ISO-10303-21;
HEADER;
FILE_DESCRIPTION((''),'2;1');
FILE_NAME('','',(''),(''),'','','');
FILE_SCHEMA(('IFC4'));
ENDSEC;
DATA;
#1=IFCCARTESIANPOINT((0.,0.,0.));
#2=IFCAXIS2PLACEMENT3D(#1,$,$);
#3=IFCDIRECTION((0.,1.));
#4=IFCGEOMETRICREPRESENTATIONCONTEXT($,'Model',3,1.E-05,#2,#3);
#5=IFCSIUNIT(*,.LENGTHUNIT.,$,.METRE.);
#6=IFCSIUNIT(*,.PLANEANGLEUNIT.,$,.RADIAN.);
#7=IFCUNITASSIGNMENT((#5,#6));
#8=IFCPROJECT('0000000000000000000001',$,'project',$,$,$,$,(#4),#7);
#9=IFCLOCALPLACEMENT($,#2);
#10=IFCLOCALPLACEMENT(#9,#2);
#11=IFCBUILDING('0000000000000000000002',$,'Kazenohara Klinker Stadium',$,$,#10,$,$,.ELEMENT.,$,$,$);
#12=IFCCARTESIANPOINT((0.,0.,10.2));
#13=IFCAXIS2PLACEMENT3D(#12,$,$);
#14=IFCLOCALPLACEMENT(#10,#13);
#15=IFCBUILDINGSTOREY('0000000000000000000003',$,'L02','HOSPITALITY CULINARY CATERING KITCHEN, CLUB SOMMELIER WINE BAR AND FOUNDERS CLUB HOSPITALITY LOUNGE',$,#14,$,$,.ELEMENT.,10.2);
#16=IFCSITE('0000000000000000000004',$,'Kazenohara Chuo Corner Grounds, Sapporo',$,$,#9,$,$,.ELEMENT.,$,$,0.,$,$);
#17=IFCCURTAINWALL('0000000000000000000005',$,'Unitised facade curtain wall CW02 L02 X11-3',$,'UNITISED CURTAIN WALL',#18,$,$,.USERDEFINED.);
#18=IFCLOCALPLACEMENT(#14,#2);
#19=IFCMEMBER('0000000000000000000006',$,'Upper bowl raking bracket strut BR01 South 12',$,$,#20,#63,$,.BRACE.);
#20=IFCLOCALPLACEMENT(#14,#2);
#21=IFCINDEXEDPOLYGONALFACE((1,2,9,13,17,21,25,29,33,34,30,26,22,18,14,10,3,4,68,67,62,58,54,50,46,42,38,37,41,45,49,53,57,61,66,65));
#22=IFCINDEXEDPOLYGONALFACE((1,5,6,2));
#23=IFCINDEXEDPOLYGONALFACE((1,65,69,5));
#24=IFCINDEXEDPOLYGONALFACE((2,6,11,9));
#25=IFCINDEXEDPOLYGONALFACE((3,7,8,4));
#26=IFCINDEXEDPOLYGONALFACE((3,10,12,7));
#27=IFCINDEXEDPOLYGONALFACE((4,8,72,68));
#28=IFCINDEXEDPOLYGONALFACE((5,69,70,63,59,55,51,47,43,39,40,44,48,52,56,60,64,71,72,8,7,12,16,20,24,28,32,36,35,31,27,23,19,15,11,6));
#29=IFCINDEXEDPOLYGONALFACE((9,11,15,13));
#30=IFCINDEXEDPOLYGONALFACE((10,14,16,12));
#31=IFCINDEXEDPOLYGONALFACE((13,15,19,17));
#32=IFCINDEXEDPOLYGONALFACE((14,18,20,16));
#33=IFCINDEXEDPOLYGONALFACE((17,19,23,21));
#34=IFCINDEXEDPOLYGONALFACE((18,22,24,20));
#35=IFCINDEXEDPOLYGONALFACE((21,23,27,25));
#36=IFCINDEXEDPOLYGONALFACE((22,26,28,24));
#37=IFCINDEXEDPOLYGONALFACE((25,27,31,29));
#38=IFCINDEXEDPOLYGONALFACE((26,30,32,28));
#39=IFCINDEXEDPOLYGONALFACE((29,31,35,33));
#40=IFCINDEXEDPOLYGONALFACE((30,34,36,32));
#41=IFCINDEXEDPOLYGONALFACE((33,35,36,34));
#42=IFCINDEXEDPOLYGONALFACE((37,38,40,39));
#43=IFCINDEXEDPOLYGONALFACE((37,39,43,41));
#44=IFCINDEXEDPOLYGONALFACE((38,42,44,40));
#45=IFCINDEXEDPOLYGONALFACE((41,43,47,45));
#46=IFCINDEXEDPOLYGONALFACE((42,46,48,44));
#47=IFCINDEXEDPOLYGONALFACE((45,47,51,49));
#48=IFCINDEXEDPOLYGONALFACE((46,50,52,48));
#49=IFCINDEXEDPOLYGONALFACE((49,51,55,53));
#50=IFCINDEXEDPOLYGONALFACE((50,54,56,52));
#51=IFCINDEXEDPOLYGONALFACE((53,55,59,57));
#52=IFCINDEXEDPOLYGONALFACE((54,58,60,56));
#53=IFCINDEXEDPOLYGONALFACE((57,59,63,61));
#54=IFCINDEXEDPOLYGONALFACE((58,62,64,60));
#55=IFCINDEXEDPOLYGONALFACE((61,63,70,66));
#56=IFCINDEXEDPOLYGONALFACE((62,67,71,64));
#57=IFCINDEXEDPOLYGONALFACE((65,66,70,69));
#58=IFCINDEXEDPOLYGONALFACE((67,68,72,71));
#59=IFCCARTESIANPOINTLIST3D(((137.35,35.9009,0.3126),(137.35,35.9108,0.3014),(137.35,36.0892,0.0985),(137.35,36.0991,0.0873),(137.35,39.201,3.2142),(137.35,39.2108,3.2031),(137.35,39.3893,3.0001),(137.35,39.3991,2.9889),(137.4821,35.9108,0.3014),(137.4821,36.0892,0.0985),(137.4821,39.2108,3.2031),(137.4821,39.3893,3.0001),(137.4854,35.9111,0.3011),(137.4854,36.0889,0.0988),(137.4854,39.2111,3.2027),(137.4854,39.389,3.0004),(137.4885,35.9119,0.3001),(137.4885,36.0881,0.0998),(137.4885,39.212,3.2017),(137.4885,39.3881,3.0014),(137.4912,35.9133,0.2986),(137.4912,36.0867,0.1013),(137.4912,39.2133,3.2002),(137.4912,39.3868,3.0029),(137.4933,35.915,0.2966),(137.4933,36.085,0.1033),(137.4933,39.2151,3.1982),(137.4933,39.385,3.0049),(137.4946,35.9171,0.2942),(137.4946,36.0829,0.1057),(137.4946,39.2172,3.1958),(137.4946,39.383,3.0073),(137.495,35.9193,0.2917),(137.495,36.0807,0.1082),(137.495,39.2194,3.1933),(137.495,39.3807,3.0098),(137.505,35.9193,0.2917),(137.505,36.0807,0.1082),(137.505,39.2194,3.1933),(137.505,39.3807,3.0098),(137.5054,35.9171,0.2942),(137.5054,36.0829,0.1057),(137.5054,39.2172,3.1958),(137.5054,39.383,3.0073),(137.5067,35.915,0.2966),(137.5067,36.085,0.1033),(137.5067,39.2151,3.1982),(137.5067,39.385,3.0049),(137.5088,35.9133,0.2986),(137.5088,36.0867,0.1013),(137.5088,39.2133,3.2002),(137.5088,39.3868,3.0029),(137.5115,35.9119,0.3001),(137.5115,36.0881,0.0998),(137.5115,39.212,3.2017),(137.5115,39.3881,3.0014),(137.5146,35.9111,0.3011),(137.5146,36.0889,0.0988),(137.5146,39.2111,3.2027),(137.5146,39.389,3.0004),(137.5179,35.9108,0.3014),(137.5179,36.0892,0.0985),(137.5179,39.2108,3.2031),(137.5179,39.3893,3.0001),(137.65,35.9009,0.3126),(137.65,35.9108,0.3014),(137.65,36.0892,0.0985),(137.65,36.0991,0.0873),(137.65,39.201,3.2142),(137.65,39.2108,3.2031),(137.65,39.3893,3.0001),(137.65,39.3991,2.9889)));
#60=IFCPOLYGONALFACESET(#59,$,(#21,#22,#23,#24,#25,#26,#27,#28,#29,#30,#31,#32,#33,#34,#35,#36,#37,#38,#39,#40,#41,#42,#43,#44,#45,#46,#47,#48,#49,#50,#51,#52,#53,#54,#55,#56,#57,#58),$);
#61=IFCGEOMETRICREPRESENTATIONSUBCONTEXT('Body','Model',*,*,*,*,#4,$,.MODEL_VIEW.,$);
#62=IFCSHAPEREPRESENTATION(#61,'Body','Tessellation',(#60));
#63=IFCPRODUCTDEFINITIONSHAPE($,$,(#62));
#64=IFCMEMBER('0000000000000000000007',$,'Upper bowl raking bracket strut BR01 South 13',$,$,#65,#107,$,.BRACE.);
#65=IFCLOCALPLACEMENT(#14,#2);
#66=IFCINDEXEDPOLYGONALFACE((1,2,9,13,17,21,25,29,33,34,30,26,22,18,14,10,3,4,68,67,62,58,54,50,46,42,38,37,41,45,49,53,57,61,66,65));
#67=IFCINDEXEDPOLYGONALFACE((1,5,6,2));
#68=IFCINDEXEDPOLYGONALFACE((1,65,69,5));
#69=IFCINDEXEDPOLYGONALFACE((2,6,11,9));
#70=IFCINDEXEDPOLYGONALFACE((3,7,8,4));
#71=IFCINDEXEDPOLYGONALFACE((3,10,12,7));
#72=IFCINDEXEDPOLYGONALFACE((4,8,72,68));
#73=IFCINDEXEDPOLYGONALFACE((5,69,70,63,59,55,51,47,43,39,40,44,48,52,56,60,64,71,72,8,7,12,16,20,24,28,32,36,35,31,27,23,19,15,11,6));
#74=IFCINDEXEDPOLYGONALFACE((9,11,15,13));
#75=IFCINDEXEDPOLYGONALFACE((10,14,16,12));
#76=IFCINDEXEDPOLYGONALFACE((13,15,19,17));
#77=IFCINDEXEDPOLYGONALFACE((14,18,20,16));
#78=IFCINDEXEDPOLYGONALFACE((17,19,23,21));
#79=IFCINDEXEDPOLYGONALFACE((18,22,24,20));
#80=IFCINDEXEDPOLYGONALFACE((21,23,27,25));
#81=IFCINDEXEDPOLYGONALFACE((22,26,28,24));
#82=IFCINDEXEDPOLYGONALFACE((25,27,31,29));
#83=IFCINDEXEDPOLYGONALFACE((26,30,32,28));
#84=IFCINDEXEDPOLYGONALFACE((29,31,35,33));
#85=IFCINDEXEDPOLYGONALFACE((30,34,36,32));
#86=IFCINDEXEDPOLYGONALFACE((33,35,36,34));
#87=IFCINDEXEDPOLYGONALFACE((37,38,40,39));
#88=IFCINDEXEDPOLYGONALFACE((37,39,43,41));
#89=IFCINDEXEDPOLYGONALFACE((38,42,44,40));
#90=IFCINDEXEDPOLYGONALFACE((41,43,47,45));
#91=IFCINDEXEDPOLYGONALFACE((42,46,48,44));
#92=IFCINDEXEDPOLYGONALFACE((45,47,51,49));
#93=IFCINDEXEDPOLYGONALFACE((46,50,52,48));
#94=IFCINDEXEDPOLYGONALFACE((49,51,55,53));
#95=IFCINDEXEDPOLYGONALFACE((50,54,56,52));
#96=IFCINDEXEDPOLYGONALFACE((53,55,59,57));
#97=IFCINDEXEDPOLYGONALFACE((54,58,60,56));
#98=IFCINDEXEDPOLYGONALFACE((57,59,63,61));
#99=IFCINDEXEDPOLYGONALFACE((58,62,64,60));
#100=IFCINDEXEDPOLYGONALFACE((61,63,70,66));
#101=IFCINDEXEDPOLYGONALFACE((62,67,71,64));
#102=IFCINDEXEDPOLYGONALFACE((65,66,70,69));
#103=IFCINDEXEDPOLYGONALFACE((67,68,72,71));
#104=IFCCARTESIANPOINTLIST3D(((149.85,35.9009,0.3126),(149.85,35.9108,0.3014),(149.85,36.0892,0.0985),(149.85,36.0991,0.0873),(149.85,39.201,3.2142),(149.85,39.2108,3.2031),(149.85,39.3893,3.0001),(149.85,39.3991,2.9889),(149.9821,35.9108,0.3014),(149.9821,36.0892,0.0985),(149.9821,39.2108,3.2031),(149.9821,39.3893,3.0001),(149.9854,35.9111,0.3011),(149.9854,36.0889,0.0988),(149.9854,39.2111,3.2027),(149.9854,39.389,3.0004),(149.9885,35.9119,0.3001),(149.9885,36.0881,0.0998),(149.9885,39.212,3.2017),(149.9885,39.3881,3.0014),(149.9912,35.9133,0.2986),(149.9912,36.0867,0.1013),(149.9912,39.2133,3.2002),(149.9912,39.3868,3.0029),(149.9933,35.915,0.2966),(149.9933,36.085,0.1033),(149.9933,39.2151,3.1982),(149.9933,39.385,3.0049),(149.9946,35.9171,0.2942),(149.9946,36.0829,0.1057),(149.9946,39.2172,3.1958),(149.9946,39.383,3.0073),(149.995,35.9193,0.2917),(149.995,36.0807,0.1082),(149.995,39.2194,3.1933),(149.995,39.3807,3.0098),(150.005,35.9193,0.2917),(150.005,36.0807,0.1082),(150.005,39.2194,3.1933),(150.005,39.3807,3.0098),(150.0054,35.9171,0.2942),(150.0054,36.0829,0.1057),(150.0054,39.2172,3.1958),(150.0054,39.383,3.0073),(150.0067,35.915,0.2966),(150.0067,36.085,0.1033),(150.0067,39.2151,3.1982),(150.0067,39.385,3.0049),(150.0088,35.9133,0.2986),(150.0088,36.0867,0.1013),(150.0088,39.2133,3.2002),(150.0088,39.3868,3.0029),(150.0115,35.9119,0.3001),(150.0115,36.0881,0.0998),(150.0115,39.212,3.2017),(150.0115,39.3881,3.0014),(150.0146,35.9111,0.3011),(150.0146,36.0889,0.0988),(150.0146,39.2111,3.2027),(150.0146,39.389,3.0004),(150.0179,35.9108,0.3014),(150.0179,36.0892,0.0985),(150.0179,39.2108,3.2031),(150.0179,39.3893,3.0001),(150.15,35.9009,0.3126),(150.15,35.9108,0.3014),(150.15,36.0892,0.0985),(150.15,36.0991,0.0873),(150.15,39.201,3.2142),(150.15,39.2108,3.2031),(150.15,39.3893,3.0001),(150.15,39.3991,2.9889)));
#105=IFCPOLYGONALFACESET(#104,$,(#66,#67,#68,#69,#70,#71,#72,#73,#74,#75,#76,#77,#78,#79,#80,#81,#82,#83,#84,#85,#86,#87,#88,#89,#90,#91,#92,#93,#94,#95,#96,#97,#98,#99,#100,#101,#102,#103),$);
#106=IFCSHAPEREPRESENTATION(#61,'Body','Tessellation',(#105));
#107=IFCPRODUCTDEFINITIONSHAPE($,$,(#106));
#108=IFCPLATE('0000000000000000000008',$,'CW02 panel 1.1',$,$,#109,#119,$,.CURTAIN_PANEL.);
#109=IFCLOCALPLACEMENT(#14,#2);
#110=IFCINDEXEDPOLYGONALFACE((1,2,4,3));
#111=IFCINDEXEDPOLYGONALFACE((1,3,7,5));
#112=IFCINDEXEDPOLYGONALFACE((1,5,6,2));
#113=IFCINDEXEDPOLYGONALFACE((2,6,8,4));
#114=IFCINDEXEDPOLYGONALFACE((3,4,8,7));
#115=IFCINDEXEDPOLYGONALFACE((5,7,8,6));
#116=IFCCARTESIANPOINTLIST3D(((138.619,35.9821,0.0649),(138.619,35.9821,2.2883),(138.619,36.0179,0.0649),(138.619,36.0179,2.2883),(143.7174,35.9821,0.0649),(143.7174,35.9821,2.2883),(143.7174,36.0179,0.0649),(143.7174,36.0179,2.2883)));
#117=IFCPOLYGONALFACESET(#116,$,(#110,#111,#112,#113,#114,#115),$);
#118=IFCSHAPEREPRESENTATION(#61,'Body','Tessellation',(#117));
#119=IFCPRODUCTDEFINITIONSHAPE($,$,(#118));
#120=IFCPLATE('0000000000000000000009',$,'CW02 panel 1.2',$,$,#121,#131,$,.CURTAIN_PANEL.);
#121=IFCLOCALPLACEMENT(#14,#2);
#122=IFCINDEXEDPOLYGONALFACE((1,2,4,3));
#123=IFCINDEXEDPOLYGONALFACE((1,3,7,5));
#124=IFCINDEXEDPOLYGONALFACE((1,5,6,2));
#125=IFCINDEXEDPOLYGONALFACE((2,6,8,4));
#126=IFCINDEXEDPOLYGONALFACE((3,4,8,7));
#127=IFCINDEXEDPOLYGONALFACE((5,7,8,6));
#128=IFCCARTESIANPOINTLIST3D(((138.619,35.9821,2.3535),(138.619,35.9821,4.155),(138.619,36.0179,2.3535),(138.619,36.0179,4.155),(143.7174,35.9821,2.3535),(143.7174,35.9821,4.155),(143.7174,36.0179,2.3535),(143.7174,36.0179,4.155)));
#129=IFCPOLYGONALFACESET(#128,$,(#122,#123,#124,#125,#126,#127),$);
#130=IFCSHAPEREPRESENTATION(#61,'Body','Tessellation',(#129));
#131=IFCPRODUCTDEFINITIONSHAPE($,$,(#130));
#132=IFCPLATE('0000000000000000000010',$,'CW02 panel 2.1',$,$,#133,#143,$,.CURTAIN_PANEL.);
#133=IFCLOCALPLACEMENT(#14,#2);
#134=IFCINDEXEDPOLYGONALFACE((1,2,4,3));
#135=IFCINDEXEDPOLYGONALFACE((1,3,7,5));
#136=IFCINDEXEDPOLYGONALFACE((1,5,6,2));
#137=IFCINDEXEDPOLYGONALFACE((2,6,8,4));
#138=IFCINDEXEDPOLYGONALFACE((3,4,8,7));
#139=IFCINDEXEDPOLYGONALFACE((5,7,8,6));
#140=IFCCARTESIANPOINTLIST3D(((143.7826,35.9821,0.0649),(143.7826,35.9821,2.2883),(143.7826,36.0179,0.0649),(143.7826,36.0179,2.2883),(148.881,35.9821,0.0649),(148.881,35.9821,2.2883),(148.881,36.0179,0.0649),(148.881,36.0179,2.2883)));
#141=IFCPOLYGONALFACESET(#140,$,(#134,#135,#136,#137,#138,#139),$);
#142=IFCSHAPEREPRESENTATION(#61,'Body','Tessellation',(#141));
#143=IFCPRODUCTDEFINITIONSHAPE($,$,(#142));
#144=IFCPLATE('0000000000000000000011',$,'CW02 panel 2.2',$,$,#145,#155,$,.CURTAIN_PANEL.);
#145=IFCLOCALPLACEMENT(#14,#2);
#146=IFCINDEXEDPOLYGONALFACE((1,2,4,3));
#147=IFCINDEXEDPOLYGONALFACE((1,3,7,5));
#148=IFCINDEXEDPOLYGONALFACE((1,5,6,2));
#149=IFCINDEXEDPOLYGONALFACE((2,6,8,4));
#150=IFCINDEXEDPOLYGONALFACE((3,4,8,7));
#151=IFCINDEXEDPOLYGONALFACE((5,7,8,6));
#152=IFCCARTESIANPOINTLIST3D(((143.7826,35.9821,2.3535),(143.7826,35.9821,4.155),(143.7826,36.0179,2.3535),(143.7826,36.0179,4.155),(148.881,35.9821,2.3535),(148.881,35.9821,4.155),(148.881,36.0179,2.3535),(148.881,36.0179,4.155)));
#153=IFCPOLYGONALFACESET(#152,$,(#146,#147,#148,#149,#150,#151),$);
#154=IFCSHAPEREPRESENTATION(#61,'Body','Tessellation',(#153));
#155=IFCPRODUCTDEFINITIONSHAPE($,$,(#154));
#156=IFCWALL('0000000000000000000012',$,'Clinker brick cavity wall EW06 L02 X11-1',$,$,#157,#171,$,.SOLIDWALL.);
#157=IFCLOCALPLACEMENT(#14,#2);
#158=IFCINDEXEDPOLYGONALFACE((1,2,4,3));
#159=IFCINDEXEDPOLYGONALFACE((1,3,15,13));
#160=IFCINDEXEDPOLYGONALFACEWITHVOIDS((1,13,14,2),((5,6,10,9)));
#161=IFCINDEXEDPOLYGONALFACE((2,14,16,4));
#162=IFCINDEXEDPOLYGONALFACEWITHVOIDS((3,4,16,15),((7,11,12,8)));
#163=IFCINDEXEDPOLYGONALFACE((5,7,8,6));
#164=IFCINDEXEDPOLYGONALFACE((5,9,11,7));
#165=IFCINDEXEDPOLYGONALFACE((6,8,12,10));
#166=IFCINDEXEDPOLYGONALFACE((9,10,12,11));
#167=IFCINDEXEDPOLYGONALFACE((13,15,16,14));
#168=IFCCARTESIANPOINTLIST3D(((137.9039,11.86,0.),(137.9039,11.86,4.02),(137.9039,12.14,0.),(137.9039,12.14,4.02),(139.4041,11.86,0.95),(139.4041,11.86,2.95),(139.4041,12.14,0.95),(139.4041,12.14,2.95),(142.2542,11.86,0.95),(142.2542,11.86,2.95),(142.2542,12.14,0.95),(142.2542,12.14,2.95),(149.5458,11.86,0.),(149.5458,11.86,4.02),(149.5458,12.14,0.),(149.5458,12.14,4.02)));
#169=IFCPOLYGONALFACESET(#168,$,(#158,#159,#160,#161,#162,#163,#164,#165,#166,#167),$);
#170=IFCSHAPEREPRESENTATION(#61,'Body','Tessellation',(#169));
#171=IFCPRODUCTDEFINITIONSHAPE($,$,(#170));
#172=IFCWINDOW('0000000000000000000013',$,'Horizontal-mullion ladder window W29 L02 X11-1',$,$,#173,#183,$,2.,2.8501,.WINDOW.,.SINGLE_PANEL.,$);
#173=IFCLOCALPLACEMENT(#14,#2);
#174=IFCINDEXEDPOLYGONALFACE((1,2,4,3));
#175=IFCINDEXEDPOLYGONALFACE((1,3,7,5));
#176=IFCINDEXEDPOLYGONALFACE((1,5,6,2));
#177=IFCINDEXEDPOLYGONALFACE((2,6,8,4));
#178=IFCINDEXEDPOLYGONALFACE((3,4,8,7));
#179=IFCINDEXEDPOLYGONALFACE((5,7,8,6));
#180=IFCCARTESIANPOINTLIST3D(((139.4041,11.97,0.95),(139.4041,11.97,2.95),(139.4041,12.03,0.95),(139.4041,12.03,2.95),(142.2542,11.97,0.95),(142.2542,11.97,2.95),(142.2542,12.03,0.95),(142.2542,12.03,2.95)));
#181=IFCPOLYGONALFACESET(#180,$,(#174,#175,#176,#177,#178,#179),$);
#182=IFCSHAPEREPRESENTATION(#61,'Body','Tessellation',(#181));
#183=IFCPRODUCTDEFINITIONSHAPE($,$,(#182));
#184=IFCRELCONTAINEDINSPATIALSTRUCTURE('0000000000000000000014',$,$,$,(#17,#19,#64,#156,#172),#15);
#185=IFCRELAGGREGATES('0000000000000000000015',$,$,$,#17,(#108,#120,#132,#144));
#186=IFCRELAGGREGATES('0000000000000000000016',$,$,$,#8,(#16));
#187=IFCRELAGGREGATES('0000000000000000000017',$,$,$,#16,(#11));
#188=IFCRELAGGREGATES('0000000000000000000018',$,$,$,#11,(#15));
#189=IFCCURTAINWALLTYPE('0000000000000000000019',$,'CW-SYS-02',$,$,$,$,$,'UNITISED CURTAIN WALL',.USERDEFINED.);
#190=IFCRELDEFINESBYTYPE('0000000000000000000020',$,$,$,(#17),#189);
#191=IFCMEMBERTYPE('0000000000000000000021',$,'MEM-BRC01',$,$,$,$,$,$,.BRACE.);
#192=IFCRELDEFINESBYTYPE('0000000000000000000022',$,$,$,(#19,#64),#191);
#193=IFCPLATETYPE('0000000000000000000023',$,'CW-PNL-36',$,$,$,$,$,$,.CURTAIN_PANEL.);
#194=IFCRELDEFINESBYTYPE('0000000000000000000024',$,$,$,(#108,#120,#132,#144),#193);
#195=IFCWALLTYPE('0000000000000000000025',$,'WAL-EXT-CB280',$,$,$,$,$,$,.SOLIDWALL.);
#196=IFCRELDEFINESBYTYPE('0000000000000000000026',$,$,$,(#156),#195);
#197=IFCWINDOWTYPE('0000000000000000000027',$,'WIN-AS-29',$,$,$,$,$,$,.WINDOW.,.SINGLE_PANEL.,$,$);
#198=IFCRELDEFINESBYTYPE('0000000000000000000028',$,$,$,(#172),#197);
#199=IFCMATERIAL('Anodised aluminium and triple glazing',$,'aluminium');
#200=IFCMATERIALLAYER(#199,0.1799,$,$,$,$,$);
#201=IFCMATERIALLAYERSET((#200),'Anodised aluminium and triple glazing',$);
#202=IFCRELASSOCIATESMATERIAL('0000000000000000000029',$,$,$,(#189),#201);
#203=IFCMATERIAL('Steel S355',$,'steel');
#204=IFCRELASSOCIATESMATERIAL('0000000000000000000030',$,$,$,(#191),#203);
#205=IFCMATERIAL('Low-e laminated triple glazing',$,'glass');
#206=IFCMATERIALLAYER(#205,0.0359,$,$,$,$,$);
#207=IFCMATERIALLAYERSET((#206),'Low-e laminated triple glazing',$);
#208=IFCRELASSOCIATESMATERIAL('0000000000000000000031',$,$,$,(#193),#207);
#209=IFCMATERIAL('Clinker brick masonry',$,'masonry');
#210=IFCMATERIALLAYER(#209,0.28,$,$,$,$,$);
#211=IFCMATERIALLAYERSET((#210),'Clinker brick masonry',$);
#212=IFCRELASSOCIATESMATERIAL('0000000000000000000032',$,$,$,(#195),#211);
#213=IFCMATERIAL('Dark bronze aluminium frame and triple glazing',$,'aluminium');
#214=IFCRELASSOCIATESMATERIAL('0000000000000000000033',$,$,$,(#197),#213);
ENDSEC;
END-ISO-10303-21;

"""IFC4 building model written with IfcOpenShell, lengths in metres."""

from ifc_helpers import new_model, si_unit, direction, frame, frame_2d, origin, origin_2d, place, context, subcontext, project, spatial, rectangle, i_section, extrude, material, layer, layer_set, material_profile, profile_set, type_object, element, fill, aggregate, save


model = new_model("IFC4")

# Units and contexts
model_context = context("Model", 3, precision=1e-05, world=origin(), true_north=direction((0.0, 1.0)))
body_context = subcontext(model_context, "Body", "Model", "MODEL_VIEW")
ifc_project = project(units=[si_unit("LENGTHUNIT", "METRE"), si_unit("PLANEANGLEUNIT", "RADIAN")], contexts=[model_context])

# Site, building, storey
site_placement = place(None, origin())
site = spatial("IfcSite", under=ifc_project, at=site_placement, Name="Kazenohara Chuo Corner Grounds, Sapporo", CompositionType="ELEMENT", RefElevation=0.0)
building_placement = place(site_placement, origin())
building = spatial("IfcBuilding", under=site, at=building_placement, Name="Kazenohara Klinker Stadium", CompositionType="ELEMENT")
storey_placement = place(building_placement, frame((0.0, 0.0, 10.2)))
storey = spatial("IfcBuildingStorey", under=building, at=storey_placement, Name="L02", Description="HOSPITALITY CULINARY CATERING KITCHEN, CLUB SOMMELIER WINE BAR AND FOUNDERS CLUB HOSPITALITY LOUNGE", CompositionType="ELEMENT", Elevation=10.2)

# Shared definitions
ifc_material_1 = material(Name="Steel S355", Category="steel")

# Curtain wall
ifc_material_2 = material(Name="Anodised aluminium and triple glazing", Category="aluminium")
ifc_layer_1 = layer(ifc_material_2, 0.1799)
ifc_layer_set_1 = layer_set([ifc_layer_1], Name="Anodised aluminium and triple glazing")
curtain_wall_type = type_object("IfcCurtainWallType", Name="CW-SYS-02", ElementType="UNITISED CURTAIN WALL", PredefinedType="USERDEFINED", material=ifc_layer_set_1)
curtain_wall_placement = place(storey_placement, origin())
curtain_wall = element("IfcCurtainWall", 1, at=curtain_wall_placement, inside=storey, type_object=curtain_wall_type, Name="Unitised facade curtain wall CW02 L02 X11-3", ObjectType="UNITISED CURTAIN WALL", PredefinedType="USERDEFINED")

# Members
ifc_material_profile_1 = material_profile(ifc_material_1, i_section(OverallWidth=0.3, OverallDepth=0.3, WebThickness=0.01, FlangeThickness=0.0149, FilletRadius=0.0129, at=origin_2d()), Name="H-300x300x10x15")
ifc_profile_set_1 = profile_set([ifc_material_profile_1], Name="Steel S355")
member_type_1 = type_object("IfcMemberType", Name="MEM-BRC01", PredefinedType="BRACE", material=ifc_profile_set_1)
for number, where, z_axis, x_axis, name in (
    (2, (137.5, 36.0, 0.2), (0.0, 0.750988, 0.660316), (-1.0, 0.0, 0.0), "Upper bowl raking bracket strut BR01 South 12"),
    (3, (150.0, 36.0, 0.2), (0.0, 0.750988, 0.660316), (-1.0, 0.0, 0.0), "Upper bowl raking bracket strut BR01 South 13"),
):
    element("IfcMember", number, at=place(storey_placement, frame(where, z_axis=z_axis, x_axis=x_axis)), inside=storey, type_object=member_type_1, Name=name, PredefinedType="BRACE", context=body_context, shape_type="SweptSolid", body=[
        extrude(i_section(OverallWidth=0.3, OverallDepth=0.3, WebThickness=0.01, FlangeThickness=0.0149, FilletRadius=0.0129, at=origin_2d()), origin(), (0.0, 0.0, 1.0), 4.3943),
    ])

# Plates
ifc_material_3 = material(Name="Low-e laminated triple glazing", Category="glass")
ifc_layer_2 = layer(ifc_material_3, 0.0359)
ifc_layer_set_2 = layer_set([ifc_layer_2], Name="Low-e laminated triple glazing")
plate_type = type_object("IfcPlateType", Name="CW-PNL-36", PredefinedType="CURTAIN_PANEL", material=ifc_layer_set_2)
plate_1_placement = place(storey_placement, frame((141.1682, 36.0, 0.0649), z_axis=(0.0, 0.0, 1.0), x_axis=(1.0, 0.0, 0.0)))
plate_1 = element("IfcPlate", 4, at=plate_1_placement, type_object=plate_type, Name="CW02 panel 1.1", PredefinedType="CURTAIN_PANEL", context=body_context, shape_type="SweptSolid", body=[
    extrude(rectangle(XDim=5.0984, YDim=0.0359, at=origin_2d()), origin(), (0.0, 0.0, 1.0), 2.2234),
])
plate_2_placement = place(storey_placement, frame((141.1682, 36.0, 2.3535), z_axis=(0.0, 0.0, 1.0), x_axis=(1.0, 0.0, 0.0)))
plate_2 = element("IfcPlate", 5, at=plate_2_placement, type_object=plate_type, Name="CW02 panel 1.2", PredefinedType="CURTAIN_PANEL", context=body_context, shape_type="SweptSolid", body=[
    extrude(rectangle(XDim=5.0984, YDim=0.0359, at=origin_2d()), origin(), (0.0, 0.0, 1.0), 1.8015),
])
plate_3_placement = place(storey_placement, frame((146.3318, 36.0, 0.0649), z_axis=(0.0, 0.0, 1.0), x_axis=(1.0, 0.0, 0.0)))
plate_3 = element("IfcPlate", 6, at=plate_3_placement, type_object=plate_type, Name="CW02 panel 2.1", PredefinedType="CURTAIN_PANEL", context=body_context, shape_type="SweptSolid", body=[
    extrude(rectangle(XDim=5.0984, YDim=0.0359, at=origin_2d()), origin(), (0.0, 0.0, 1.0), 2.2234),
])
plate_4_placement = place(storey_placement, frame((146.3318, 36.0, 2.3535), z_axis=(0.0, 0.0, 1.0), x_axis=(1.0, 0.0, 0.0)))
plate_4 = element("IfcPlate", 7, at=plate_4_placement, type_object=plate_type, Name="CW02 panel 2.2", PredefinedType="CURTAIN_PANEL", context=body_context, shape_type="SweptSolid", body=[
    extrude(rectangle(XDim=5.0984, YDim=0.0359, at=origin_2d()), origin(), (0.0, 0.0, 1.0), 1.8015),
])
aggregate(curtain_wall, [plate_1, plate_2, plate_3, plate_4])

# Wall, opening, window
ifc_material_4 = material(Name="Clinker brick masonry", Category="masonry")
ifc_layer_3 = layer(ifc_material_4, 0.28)
ifc_layer_set_3 = layer_set([ifc_layer_3], Name="Clinker brick masonry")
wall_type_1 = type_object("IfcWallType", Name="WAL-EXT-CB280", PredefinedType="SOLIDWALL", material=ifc_layer_set_3)
wall_1_placement = place(storey_placement, frame((137.9041, 12.0, 0.0), z_axis=(0.0, 0.0, 1.0), x_axis=(1.0, 0.0, 0.0)))
wall_1 = element("IfcWall", 8, at=wall_1_placement, inside=storey, type_object=wall_type_1, Name="Clinker brick cavity wall EW06 L02 X11-1", PredefinedType="SOLIDWALL", context=body_context, shape_type="SweptSolid", body=[
    extrude(rectangle(XDim=11.6418, YDim=0.28, at=frame_2d((5.8208, 0.0))), origin(), (0.0, 0.0, 1.0), 4.02),
])
opening_1_placement = place(wall_1_placement, frame((1.5, 0.0, 0.95)))
opening_1 = element("IfcOpeningElement", 9, at=opening_1_placement, cuts=wall_1, PredefinedType="OPENING", context=body_context, shape_type="SweptSolid", body=[
    extrude(rectangle(XDim=2.8501, YDim=2.0, at=frame_2d((1.425, 1.0))), frame((0.0, 0.1499, 0.0), z_axis=(0.0, -1.0, 0.0), x_axis=(1.0, 0.0, 0.0)), (0.0, 0.0, 1.0), 0.3),
])
ifc_material_5 = material(Name="Dark bronze aluminium frame and triple glazing", Category="aluminium")
window_type = type_object("IfcWindowType", Name="WIN-AS-29", PartitioningType="SINGLE_PANEL", PredefinedType="WINDOW", material=ifc_material_5)
window_placement = place(opening_1_placement, origin())
window = element("IfcWindow", 10, at=window_placement, inside=storey, type_object=window_type, Name="Horizontal-mullion ladder window W29 L02 X11-1", OverallHeight=2.0, OverallWidth=2.8501, PartitioningType="SINGLE_PANEL", PredefinedType="WINDOW", context=body_context, shape_type="SweptSolid", body=[
    extrude(rectangle(XDim=2.8501, YDim=2.0, at=frame_2d((1.425, 1.0))), frame((0.0, 0.03, 0.0), z_axis=(0.0, -1.0, 0.0), x_axis=(1.0, 0.0, 0.0)), (0.0, 0.0, 1.0), 0.0601),
])
fill(opening_1, window)

save(model, "model.ifc")
